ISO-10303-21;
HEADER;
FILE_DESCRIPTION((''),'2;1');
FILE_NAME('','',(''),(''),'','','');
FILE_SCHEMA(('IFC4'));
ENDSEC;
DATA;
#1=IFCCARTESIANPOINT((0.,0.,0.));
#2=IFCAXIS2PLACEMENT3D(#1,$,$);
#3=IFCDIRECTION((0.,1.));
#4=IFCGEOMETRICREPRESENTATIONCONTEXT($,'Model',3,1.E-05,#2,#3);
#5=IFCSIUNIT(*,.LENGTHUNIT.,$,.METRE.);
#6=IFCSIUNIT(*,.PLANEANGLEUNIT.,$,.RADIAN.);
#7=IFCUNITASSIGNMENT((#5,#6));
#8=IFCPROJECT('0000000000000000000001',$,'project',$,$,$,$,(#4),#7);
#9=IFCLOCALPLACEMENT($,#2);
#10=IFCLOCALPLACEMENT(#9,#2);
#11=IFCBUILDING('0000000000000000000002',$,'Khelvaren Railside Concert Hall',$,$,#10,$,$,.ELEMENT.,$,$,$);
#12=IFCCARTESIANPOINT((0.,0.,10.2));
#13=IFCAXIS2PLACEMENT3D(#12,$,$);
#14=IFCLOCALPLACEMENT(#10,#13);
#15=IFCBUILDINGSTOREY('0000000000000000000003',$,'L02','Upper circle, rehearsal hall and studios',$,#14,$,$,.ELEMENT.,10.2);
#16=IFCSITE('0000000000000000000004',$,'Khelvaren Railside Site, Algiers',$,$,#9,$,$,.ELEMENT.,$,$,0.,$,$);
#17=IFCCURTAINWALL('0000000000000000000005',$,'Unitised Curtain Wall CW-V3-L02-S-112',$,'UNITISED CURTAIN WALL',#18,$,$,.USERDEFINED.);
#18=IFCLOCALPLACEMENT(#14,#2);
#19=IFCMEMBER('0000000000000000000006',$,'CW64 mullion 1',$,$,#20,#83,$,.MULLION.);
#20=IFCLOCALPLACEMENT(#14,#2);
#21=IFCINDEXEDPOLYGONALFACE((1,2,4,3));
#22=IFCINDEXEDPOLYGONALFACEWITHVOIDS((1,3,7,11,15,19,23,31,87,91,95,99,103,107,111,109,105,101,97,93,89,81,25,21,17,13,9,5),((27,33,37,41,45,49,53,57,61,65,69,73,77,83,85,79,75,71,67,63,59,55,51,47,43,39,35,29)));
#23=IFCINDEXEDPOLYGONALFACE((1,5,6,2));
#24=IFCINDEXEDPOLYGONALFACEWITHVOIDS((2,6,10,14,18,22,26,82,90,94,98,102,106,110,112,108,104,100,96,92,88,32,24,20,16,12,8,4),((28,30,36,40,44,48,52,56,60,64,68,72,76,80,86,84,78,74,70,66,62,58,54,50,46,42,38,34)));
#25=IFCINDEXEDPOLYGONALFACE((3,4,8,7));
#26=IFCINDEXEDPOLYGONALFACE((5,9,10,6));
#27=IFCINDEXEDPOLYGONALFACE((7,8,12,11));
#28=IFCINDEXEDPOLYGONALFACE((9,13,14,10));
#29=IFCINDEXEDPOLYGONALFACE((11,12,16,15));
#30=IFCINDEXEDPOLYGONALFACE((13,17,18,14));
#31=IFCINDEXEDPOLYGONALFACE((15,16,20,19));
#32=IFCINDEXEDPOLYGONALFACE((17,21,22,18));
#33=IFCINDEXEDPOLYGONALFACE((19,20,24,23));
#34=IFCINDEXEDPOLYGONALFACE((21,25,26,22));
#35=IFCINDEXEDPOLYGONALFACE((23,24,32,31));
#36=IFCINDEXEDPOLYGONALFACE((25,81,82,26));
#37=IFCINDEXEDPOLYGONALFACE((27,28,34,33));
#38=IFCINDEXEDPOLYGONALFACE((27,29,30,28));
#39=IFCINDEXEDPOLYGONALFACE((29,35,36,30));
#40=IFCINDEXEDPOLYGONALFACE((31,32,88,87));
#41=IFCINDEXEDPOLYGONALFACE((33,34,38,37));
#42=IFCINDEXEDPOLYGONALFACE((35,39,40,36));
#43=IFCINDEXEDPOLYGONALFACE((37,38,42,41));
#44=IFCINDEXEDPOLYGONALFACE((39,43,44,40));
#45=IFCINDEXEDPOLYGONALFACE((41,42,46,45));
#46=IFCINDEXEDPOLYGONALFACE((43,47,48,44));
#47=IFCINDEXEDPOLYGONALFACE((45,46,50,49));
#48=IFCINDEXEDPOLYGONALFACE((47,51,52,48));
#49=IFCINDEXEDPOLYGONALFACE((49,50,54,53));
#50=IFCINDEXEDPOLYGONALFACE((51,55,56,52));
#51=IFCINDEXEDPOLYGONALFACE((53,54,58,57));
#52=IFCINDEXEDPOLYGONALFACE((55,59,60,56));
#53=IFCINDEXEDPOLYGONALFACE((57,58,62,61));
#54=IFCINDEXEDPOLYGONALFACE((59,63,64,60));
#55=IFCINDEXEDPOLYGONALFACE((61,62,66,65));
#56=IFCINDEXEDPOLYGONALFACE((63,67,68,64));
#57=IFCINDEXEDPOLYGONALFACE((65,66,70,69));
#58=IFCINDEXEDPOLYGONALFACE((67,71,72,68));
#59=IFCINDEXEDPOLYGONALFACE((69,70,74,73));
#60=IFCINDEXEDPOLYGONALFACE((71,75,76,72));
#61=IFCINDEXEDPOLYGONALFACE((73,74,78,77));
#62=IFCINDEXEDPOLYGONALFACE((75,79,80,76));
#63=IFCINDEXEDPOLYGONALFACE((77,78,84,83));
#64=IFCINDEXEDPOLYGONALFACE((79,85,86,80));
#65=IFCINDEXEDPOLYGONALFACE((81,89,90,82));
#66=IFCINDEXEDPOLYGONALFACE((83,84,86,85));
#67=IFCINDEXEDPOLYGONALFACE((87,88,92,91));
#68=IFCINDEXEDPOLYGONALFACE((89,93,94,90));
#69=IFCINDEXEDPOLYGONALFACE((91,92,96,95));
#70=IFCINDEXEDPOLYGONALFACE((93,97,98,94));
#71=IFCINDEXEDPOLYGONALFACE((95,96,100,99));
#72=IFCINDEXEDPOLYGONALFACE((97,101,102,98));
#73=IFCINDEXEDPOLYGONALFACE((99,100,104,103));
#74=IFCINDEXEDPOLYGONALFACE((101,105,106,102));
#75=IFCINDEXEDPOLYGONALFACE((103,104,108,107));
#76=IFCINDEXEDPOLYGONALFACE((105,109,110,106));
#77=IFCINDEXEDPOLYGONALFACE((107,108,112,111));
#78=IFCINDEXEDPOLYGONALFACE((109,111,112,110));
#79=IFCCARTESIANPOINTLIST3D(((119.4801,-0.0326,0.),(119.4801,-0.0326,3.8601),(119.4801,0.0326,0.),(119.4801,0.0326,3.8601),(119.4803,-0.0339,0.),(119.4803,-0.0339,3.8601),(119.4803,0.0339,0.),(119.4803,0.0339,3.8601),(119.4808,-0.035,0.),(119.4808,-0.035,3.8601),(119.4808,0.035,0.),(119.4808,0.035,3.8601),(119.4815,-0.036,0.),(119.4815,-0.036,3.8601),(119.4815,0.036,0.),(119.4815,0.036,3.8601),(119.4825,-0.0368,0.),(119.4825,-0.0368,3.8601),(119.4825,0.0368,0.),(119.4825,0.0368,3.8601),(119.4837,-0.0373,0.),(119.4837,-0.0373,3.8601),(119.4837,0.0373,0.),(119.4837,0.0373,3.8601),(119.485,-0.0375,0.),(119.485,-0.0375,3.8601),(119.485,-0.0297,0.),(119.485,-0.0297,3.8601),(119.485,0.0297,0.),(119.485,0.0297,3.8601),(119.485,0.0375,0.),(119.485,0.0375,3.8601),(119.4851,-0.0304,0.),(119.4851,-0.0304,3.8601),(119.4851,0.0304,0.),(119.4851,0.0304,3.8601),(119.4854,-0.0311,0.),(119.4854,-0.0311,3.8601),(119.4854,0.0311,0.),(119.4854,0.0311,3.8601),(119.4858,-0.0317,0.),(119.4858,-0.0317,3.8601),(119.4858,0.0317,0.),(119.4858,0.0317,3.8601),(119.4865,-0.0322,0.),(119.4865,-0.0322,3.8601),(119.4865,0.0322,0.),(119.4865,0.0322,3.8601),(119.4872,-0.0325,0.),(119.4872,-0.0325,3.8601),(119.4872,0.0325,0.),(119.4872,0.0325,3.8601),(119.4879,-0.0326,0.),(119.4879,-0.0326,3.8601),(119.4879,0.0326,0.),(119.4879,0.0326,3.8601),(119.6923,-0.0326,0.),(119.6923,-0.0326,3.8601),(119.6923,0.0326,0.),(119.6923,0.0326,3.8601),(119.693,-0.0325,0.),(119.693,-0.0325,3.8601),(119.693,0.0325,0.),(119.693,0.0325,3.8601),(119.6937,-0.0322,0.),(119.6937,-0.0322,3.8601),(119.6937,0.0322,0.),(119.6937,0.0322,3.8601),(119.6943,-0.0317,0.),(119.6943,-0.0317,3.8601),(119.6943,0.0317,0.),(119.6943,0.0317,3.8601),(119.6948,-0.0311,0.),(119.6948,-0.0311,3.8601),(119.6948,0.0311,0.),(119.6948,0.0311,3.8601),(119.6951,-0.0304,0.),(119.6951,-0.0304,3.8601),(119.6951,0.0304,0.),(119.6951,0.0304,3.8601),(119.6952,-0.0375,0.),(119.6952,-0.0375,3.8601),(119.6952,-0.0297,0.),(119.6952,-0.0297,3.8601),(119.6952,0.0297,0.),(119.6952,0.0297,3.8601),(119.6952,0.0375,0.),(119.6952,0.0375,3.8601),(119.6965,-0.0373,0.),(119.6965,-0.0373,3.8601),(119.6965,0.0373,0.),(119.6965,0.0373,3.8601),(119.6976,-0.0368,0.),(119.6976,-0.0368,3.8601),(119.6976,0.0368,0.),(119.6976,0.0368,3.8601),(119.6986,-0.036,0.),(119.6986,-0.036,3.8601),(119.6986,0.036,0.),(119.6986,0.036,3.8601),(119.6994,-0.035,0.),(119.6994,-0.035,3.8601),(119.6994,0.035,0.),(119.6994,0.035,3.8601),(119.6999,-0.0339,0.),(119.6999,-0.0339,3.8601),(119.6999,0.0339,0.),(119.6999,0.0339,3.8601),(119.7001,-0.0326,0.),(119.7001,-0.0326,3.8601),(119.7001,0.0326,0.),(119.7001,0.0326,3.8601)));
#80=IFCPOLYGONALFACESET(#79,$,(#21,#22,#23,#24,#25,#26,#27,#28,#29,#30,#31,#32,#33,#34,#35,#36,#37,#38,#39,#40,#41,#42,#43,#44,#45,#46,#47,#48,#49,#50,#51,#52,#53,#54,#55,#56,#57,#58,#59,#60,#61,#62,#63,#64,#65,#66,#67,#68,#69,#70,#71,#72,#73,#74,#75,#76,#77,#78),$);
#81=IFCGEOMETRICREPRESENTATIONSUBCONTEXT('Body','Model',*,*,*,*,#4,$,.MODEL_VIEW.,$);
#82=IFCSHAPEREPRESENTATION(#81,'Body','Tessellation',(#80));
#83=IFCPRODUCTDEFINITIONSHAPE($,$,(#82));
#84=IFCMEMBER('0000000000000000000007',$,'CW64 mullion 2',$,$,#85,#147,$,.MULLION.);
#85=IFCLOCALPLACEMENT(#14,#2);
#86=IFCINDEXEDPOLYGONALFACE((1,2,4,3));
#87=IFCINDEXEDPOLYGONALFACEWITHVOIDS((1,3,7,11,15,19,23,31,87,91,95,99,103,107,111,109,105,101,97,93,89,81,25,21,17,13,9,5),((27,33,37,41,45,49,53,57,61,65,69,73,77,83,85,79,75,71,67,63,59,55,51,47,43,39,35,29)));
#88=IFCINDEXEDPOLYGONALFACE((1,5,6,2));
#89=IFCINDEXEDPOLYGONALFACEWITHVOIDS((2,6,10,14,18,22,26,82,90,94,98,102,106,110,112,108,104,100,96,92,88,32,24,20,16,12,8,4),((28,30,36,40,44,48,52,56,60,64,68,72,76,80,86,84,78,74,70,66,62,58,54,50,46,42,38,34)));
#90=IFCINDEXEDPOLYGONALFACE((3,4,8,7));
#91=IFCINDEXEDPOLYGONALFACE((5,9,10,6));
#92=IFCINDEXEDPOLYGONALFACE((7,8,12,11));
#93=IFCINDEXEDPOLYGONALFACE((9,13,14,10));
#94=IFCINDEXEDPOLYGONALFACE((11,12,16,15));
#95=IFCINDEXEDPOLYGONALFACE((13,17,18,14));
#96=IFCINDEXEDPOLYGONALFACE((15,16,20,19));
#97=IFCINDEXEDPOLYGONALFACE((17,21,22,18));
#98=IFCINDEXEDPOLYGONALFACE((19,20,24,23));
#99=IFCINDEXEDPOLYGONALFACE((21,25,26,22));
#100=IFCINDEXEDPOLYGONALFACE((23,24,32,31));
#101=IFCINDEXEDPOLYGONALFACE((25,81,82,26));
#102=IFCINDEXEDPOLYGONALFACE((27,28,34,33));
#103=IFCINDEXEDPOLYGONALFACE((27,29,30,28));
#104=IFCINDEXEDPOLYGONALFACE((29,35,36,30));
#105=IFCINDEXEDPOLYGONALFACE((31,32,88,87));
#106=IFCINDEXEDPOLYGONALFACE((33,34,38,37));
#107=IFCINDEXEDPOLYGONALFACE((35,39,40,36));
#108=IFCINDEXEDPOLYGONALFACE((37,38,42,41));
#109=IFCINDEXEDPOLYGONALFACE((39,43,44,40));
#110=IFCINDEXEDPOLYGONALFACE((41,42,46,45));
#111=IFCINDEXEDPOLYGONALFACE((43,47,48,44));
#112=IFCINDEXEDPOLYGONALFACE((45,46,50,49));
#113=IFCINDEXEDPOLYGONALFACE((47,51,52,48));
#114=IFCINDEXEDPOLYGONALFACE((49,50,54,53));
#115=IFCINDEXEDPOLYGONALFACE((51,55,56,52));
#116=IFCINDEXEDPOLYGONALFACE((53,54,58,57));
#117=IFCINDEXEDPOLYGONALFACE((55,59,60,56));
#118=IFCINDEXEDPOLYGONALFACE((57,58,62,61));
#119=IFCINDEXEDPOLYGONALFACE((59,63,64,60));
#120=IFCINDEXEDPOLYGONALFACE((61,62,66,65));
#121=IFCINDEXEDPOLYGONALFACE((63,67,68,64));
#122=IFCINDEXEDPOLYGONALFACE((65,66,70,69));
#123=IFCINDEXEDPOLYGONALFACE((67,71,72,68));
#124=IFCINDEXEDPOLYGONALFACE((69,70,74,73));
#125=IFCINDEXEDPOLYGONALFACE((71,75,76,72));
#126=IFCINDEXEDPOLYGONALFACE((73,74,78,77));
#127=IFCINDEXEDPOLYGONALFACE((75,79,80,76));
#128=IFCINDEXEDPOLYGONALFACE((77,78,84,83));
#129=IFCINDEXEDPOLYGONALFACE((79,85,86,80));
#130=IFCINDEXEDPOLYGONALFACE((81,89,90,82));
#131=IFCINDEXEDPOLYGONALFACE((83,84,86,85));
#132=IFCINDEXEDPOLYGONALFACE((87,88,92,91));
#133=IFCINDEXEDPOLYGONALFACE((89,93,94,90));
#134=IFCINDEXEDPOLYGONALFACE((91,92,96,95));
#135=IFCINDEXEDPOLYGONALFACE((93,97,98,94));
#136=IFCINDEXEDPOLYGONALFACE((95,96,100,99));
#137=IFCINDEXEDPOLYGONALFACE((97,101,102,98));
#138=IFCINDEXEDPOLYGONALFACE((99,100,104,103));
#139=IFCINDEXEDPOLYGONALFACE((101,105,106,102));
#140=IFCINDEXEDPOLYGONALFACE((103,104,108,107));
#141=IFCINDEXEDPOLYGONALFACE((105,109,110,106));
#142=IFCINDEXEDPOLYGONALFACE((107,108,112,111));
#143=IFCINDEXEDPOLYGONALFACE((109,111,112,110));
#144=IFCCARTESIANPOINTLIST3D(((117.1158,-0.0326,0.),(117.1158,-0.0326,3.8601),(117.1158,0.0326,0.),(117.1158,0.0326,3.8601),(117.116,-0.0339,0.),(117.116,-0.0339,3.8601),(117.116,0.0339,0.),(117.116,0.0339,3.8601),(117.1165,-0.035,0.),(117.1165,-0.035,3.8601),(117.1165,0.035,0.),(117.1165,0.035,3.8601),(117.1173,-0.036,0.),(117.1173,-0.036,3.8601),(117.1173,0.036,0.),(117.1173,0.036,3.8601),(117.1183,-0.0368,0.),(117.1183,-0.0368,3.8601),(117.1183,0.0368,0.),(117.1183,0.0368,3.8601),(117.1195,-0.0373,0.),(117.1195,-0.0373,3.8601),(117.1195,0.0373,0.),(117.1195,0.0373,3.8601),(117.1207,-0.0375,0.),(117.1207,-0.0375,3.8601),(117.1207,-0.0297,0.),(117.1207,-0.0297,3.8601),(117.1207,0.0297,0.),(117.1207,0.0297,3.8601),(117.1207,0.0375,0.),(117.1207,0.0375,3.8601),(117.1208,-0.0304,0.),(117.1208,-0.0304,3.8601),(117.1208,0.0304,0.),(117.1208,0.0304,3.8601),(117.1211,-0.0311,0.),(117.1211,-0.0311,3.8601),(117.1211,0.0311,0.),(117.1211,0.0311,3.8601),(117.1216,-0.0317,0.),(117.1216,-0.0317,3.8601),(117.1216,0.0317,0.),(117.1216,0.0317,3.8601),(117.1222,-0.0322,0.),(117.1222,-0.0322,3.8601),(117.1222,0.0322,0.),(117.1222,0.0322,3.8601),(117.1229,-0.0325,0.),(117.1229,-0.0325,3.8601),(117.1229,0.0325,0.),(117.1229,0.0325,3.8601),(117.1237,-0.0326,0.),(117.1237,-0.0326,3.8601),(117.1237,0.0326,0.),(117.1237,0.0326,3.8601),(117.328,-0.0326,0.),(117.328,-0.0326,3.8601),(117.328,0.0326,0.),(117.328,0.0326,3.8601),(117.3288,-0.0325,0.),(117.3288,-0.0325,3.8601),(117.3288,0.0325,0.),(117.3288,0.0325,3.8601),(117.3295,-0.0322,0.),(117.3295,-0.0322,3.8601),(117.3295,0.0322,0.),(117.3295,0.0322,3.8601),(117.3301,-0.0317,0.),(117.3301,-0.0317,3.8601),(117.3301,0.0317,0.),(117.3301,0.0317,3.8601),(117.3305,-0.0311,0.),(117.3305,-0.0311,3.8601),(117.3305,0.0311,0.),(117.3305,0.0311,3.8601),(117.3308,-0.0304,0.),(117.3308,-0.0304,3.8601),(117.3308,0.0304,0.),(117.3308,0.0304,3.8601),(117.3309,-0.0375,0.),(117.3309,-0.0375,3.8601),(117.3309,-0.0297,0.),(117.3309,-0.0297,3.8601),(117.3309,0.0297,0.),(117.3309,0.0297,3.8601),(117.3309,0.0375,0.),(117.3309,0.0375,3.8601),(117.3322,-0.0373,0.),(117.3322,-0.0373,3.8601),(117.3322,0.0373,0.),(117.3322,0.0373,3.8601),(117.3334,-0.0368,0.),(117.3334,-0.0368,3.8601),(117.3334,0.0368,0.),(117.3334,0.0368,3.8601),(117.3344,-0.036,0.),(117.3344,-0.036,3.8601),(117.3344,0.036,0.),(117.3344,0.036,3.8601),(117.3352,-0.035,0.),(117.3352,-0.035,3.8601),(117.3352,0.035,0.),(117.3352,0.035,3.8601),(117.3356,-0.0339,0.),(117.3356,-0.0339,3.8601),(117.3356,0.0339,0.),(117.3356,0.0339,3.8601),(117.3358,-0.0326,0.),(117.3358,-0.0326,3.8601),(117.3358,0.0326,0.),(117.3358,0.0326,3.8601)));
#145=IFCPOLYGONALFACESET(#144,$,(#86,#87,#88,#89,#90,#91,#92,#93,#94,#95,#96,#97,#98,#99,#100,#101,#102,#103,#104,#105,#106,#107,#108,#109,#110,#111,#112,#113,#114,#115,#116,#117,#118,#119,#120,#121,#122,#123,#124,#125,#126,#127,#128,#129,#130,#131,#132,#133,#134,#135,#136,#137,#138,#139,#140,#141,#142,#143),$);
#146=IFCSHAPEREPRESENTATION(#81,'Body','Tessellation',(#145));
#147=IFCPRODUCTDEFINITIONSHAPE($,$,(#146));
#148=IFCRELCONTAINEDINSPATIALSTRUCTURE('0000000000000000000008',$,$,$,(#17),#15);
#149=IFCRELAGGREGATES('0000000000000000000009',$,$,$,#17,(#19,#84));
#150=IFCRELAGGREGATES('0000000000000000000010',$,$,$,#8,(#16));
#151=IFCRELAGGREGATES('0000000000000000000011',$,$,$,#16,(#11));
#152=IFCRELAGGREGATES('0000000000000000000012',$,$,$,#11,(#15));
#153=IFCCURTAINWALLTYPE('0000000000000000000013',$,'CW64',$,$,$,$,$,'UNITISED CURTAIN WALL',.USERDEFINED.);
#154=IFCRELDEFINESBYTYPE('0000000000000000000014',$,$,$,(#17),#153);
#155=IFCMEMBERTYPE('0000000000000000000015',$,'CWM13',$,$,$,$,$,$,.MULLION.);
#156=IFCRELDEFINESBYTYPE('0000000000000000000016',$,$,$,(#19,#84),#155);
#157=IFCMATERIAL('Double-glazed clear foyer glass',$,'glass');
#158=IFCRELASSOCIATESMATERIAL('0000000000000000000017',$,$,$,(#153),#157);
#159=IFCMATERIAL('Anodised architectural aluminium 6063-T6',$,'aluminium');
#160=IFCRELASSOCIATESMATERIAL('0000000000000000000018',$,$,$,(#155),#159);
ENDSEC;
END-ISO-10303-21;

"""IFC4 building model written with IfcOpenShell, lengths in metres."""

from ifc_helpers import new_model, si_unit, direction, frame, origin, origin_2d, place, context, subcontext, project, spatial, hollow_rectangle, extrude, material, material_profile, profile_set, type_object, element, aggregate, save


model = new_model("IFC4")

# Units and contexts
model_context = context("Model", 3, precision=1e-05, world=origin(), true_north=direction((0.0, 1.0)))
body_context = subcontext(model_context, "Body", "Model", "MODEL_VIEW")
ifc_project = project(units=[si_unit("LENGTHUNIT", "METRE"), si_unit("PLANEANGLEUNIT", "RADIAN")], contexts=[model_context])

# Site, building, storey
site_placement = place(None, origin())
site = spatial("IfcSite", under=ifc_project, at=site_placement, Name="Khelvaren Railside Site, Algiers", CompositionType="ELEMENT", RefElevation=0.0)
building_placement = place(site_placement, origin())
building = spatial("IfcBuilding", under=site, at=building_placement, Name="Khelvaren Railside Concert Hall", CompositionType="ELEMENT")
storey_placement = place(building_placement, frame((0.0, 0.0, 10.2)))
storey = spatial("IfcBuildingStorey", under=building, at=storey_placement, Name="L02", Description="Upper circle, rehearsal hall and studios", CompositionType="ELEMENT", Elevation=10.2)

# Curtain wall, members
ifc_material_1 = material(Name="Double-glazed clear foyer glass", Category="glass")
curtain_wall_type = type_object("IfcCurtainWallType", Name="CW64", ElementType="UNITISED CURTAIN WALL", PredefinedType="USERDEFINED", material=ifc_material_1)
curtain_wall_placement = place(storey_placement, origin())
curtain_wall = element("IfcCurtainWall", 1, at=curtain_wall_placement, inside=storey, type_object=curtain_wall_type, Name="Unitised Curtain Wall CW-V3-L02-S-112", ObjectType="UNITISED CURTAIN WALL", PredefinedType="USERDEFINED")
ifc_material_2 = material(Name="Anodised architectural aluminium 6063-T6", Category="aluminium")
ifc_material_profile_1 = material_profile(ifc_material_2, hollow_rectangle(XDim=0.075, YDim=0.22, WallThickness=0.0049, InnerFilletRadius=0.0029, OuterFilletRadius=0.0049, at=origin_2d()), Name="CWM 75x220x5")
ifc_profile_set_1 = profile_set([ifc_material_profile_1], Name="Anodised architectural aluminium 6063-T6")
member_type_1 = type_object("IfcMemberType", Name="CWM13", PredefinedType="MULLION", material=ifc_profile_set_1)
member_1_placement = place(storey_placement, frame((119.5901, 0.0, 0.0), z_axis=(0.0, 0.0, 1.0), x_axis=(0.0, -1.0, 0.0)))
member_1 = element("IfcMember", 2, at=member_1_placement, type_object=member_type_1, Name="CW64 mullion 1", PredefinedType="MULLION", context=body_context, shape_type="SweptSolid", body=[
    extrude(hollow_rectangle(XDim=0.075, YDim=0.22, WallThickness=0.0049, InnerFilletRadius=0.0029, OuterFilletRadius=0.0049, at=origin_2d()), origin(), (0.0, 0.0, 1.0), 3.8601),
])
member_2_placement = place(storey_placement, frame((117.2258, 0.0, 0.0), z_axis=(0.0, 0.0, 1.0), x_axis=(0.0, -1.0, 0.0)))
member_2 = element("IfcMember", 3, at=member_2_placement, type_object=member_type_1, Name="CW64 mullion 2", PredefinedType="MULLION", context=body_context, shape_type="SweptSolid", body=[
    extrude(hollow_rectangle(XDim=0.075, YDim=0.22, WallThickness=0.0049, InnerFilletRadius=0.0029, OuterFilletRadius=0.0049, at=origin_2d()), origin(), (0.0, 0.0, 1.0), 3.8601),
])

aggregate(curtain_wall, [member_1, member_2])

save(model, "model.ifc")
